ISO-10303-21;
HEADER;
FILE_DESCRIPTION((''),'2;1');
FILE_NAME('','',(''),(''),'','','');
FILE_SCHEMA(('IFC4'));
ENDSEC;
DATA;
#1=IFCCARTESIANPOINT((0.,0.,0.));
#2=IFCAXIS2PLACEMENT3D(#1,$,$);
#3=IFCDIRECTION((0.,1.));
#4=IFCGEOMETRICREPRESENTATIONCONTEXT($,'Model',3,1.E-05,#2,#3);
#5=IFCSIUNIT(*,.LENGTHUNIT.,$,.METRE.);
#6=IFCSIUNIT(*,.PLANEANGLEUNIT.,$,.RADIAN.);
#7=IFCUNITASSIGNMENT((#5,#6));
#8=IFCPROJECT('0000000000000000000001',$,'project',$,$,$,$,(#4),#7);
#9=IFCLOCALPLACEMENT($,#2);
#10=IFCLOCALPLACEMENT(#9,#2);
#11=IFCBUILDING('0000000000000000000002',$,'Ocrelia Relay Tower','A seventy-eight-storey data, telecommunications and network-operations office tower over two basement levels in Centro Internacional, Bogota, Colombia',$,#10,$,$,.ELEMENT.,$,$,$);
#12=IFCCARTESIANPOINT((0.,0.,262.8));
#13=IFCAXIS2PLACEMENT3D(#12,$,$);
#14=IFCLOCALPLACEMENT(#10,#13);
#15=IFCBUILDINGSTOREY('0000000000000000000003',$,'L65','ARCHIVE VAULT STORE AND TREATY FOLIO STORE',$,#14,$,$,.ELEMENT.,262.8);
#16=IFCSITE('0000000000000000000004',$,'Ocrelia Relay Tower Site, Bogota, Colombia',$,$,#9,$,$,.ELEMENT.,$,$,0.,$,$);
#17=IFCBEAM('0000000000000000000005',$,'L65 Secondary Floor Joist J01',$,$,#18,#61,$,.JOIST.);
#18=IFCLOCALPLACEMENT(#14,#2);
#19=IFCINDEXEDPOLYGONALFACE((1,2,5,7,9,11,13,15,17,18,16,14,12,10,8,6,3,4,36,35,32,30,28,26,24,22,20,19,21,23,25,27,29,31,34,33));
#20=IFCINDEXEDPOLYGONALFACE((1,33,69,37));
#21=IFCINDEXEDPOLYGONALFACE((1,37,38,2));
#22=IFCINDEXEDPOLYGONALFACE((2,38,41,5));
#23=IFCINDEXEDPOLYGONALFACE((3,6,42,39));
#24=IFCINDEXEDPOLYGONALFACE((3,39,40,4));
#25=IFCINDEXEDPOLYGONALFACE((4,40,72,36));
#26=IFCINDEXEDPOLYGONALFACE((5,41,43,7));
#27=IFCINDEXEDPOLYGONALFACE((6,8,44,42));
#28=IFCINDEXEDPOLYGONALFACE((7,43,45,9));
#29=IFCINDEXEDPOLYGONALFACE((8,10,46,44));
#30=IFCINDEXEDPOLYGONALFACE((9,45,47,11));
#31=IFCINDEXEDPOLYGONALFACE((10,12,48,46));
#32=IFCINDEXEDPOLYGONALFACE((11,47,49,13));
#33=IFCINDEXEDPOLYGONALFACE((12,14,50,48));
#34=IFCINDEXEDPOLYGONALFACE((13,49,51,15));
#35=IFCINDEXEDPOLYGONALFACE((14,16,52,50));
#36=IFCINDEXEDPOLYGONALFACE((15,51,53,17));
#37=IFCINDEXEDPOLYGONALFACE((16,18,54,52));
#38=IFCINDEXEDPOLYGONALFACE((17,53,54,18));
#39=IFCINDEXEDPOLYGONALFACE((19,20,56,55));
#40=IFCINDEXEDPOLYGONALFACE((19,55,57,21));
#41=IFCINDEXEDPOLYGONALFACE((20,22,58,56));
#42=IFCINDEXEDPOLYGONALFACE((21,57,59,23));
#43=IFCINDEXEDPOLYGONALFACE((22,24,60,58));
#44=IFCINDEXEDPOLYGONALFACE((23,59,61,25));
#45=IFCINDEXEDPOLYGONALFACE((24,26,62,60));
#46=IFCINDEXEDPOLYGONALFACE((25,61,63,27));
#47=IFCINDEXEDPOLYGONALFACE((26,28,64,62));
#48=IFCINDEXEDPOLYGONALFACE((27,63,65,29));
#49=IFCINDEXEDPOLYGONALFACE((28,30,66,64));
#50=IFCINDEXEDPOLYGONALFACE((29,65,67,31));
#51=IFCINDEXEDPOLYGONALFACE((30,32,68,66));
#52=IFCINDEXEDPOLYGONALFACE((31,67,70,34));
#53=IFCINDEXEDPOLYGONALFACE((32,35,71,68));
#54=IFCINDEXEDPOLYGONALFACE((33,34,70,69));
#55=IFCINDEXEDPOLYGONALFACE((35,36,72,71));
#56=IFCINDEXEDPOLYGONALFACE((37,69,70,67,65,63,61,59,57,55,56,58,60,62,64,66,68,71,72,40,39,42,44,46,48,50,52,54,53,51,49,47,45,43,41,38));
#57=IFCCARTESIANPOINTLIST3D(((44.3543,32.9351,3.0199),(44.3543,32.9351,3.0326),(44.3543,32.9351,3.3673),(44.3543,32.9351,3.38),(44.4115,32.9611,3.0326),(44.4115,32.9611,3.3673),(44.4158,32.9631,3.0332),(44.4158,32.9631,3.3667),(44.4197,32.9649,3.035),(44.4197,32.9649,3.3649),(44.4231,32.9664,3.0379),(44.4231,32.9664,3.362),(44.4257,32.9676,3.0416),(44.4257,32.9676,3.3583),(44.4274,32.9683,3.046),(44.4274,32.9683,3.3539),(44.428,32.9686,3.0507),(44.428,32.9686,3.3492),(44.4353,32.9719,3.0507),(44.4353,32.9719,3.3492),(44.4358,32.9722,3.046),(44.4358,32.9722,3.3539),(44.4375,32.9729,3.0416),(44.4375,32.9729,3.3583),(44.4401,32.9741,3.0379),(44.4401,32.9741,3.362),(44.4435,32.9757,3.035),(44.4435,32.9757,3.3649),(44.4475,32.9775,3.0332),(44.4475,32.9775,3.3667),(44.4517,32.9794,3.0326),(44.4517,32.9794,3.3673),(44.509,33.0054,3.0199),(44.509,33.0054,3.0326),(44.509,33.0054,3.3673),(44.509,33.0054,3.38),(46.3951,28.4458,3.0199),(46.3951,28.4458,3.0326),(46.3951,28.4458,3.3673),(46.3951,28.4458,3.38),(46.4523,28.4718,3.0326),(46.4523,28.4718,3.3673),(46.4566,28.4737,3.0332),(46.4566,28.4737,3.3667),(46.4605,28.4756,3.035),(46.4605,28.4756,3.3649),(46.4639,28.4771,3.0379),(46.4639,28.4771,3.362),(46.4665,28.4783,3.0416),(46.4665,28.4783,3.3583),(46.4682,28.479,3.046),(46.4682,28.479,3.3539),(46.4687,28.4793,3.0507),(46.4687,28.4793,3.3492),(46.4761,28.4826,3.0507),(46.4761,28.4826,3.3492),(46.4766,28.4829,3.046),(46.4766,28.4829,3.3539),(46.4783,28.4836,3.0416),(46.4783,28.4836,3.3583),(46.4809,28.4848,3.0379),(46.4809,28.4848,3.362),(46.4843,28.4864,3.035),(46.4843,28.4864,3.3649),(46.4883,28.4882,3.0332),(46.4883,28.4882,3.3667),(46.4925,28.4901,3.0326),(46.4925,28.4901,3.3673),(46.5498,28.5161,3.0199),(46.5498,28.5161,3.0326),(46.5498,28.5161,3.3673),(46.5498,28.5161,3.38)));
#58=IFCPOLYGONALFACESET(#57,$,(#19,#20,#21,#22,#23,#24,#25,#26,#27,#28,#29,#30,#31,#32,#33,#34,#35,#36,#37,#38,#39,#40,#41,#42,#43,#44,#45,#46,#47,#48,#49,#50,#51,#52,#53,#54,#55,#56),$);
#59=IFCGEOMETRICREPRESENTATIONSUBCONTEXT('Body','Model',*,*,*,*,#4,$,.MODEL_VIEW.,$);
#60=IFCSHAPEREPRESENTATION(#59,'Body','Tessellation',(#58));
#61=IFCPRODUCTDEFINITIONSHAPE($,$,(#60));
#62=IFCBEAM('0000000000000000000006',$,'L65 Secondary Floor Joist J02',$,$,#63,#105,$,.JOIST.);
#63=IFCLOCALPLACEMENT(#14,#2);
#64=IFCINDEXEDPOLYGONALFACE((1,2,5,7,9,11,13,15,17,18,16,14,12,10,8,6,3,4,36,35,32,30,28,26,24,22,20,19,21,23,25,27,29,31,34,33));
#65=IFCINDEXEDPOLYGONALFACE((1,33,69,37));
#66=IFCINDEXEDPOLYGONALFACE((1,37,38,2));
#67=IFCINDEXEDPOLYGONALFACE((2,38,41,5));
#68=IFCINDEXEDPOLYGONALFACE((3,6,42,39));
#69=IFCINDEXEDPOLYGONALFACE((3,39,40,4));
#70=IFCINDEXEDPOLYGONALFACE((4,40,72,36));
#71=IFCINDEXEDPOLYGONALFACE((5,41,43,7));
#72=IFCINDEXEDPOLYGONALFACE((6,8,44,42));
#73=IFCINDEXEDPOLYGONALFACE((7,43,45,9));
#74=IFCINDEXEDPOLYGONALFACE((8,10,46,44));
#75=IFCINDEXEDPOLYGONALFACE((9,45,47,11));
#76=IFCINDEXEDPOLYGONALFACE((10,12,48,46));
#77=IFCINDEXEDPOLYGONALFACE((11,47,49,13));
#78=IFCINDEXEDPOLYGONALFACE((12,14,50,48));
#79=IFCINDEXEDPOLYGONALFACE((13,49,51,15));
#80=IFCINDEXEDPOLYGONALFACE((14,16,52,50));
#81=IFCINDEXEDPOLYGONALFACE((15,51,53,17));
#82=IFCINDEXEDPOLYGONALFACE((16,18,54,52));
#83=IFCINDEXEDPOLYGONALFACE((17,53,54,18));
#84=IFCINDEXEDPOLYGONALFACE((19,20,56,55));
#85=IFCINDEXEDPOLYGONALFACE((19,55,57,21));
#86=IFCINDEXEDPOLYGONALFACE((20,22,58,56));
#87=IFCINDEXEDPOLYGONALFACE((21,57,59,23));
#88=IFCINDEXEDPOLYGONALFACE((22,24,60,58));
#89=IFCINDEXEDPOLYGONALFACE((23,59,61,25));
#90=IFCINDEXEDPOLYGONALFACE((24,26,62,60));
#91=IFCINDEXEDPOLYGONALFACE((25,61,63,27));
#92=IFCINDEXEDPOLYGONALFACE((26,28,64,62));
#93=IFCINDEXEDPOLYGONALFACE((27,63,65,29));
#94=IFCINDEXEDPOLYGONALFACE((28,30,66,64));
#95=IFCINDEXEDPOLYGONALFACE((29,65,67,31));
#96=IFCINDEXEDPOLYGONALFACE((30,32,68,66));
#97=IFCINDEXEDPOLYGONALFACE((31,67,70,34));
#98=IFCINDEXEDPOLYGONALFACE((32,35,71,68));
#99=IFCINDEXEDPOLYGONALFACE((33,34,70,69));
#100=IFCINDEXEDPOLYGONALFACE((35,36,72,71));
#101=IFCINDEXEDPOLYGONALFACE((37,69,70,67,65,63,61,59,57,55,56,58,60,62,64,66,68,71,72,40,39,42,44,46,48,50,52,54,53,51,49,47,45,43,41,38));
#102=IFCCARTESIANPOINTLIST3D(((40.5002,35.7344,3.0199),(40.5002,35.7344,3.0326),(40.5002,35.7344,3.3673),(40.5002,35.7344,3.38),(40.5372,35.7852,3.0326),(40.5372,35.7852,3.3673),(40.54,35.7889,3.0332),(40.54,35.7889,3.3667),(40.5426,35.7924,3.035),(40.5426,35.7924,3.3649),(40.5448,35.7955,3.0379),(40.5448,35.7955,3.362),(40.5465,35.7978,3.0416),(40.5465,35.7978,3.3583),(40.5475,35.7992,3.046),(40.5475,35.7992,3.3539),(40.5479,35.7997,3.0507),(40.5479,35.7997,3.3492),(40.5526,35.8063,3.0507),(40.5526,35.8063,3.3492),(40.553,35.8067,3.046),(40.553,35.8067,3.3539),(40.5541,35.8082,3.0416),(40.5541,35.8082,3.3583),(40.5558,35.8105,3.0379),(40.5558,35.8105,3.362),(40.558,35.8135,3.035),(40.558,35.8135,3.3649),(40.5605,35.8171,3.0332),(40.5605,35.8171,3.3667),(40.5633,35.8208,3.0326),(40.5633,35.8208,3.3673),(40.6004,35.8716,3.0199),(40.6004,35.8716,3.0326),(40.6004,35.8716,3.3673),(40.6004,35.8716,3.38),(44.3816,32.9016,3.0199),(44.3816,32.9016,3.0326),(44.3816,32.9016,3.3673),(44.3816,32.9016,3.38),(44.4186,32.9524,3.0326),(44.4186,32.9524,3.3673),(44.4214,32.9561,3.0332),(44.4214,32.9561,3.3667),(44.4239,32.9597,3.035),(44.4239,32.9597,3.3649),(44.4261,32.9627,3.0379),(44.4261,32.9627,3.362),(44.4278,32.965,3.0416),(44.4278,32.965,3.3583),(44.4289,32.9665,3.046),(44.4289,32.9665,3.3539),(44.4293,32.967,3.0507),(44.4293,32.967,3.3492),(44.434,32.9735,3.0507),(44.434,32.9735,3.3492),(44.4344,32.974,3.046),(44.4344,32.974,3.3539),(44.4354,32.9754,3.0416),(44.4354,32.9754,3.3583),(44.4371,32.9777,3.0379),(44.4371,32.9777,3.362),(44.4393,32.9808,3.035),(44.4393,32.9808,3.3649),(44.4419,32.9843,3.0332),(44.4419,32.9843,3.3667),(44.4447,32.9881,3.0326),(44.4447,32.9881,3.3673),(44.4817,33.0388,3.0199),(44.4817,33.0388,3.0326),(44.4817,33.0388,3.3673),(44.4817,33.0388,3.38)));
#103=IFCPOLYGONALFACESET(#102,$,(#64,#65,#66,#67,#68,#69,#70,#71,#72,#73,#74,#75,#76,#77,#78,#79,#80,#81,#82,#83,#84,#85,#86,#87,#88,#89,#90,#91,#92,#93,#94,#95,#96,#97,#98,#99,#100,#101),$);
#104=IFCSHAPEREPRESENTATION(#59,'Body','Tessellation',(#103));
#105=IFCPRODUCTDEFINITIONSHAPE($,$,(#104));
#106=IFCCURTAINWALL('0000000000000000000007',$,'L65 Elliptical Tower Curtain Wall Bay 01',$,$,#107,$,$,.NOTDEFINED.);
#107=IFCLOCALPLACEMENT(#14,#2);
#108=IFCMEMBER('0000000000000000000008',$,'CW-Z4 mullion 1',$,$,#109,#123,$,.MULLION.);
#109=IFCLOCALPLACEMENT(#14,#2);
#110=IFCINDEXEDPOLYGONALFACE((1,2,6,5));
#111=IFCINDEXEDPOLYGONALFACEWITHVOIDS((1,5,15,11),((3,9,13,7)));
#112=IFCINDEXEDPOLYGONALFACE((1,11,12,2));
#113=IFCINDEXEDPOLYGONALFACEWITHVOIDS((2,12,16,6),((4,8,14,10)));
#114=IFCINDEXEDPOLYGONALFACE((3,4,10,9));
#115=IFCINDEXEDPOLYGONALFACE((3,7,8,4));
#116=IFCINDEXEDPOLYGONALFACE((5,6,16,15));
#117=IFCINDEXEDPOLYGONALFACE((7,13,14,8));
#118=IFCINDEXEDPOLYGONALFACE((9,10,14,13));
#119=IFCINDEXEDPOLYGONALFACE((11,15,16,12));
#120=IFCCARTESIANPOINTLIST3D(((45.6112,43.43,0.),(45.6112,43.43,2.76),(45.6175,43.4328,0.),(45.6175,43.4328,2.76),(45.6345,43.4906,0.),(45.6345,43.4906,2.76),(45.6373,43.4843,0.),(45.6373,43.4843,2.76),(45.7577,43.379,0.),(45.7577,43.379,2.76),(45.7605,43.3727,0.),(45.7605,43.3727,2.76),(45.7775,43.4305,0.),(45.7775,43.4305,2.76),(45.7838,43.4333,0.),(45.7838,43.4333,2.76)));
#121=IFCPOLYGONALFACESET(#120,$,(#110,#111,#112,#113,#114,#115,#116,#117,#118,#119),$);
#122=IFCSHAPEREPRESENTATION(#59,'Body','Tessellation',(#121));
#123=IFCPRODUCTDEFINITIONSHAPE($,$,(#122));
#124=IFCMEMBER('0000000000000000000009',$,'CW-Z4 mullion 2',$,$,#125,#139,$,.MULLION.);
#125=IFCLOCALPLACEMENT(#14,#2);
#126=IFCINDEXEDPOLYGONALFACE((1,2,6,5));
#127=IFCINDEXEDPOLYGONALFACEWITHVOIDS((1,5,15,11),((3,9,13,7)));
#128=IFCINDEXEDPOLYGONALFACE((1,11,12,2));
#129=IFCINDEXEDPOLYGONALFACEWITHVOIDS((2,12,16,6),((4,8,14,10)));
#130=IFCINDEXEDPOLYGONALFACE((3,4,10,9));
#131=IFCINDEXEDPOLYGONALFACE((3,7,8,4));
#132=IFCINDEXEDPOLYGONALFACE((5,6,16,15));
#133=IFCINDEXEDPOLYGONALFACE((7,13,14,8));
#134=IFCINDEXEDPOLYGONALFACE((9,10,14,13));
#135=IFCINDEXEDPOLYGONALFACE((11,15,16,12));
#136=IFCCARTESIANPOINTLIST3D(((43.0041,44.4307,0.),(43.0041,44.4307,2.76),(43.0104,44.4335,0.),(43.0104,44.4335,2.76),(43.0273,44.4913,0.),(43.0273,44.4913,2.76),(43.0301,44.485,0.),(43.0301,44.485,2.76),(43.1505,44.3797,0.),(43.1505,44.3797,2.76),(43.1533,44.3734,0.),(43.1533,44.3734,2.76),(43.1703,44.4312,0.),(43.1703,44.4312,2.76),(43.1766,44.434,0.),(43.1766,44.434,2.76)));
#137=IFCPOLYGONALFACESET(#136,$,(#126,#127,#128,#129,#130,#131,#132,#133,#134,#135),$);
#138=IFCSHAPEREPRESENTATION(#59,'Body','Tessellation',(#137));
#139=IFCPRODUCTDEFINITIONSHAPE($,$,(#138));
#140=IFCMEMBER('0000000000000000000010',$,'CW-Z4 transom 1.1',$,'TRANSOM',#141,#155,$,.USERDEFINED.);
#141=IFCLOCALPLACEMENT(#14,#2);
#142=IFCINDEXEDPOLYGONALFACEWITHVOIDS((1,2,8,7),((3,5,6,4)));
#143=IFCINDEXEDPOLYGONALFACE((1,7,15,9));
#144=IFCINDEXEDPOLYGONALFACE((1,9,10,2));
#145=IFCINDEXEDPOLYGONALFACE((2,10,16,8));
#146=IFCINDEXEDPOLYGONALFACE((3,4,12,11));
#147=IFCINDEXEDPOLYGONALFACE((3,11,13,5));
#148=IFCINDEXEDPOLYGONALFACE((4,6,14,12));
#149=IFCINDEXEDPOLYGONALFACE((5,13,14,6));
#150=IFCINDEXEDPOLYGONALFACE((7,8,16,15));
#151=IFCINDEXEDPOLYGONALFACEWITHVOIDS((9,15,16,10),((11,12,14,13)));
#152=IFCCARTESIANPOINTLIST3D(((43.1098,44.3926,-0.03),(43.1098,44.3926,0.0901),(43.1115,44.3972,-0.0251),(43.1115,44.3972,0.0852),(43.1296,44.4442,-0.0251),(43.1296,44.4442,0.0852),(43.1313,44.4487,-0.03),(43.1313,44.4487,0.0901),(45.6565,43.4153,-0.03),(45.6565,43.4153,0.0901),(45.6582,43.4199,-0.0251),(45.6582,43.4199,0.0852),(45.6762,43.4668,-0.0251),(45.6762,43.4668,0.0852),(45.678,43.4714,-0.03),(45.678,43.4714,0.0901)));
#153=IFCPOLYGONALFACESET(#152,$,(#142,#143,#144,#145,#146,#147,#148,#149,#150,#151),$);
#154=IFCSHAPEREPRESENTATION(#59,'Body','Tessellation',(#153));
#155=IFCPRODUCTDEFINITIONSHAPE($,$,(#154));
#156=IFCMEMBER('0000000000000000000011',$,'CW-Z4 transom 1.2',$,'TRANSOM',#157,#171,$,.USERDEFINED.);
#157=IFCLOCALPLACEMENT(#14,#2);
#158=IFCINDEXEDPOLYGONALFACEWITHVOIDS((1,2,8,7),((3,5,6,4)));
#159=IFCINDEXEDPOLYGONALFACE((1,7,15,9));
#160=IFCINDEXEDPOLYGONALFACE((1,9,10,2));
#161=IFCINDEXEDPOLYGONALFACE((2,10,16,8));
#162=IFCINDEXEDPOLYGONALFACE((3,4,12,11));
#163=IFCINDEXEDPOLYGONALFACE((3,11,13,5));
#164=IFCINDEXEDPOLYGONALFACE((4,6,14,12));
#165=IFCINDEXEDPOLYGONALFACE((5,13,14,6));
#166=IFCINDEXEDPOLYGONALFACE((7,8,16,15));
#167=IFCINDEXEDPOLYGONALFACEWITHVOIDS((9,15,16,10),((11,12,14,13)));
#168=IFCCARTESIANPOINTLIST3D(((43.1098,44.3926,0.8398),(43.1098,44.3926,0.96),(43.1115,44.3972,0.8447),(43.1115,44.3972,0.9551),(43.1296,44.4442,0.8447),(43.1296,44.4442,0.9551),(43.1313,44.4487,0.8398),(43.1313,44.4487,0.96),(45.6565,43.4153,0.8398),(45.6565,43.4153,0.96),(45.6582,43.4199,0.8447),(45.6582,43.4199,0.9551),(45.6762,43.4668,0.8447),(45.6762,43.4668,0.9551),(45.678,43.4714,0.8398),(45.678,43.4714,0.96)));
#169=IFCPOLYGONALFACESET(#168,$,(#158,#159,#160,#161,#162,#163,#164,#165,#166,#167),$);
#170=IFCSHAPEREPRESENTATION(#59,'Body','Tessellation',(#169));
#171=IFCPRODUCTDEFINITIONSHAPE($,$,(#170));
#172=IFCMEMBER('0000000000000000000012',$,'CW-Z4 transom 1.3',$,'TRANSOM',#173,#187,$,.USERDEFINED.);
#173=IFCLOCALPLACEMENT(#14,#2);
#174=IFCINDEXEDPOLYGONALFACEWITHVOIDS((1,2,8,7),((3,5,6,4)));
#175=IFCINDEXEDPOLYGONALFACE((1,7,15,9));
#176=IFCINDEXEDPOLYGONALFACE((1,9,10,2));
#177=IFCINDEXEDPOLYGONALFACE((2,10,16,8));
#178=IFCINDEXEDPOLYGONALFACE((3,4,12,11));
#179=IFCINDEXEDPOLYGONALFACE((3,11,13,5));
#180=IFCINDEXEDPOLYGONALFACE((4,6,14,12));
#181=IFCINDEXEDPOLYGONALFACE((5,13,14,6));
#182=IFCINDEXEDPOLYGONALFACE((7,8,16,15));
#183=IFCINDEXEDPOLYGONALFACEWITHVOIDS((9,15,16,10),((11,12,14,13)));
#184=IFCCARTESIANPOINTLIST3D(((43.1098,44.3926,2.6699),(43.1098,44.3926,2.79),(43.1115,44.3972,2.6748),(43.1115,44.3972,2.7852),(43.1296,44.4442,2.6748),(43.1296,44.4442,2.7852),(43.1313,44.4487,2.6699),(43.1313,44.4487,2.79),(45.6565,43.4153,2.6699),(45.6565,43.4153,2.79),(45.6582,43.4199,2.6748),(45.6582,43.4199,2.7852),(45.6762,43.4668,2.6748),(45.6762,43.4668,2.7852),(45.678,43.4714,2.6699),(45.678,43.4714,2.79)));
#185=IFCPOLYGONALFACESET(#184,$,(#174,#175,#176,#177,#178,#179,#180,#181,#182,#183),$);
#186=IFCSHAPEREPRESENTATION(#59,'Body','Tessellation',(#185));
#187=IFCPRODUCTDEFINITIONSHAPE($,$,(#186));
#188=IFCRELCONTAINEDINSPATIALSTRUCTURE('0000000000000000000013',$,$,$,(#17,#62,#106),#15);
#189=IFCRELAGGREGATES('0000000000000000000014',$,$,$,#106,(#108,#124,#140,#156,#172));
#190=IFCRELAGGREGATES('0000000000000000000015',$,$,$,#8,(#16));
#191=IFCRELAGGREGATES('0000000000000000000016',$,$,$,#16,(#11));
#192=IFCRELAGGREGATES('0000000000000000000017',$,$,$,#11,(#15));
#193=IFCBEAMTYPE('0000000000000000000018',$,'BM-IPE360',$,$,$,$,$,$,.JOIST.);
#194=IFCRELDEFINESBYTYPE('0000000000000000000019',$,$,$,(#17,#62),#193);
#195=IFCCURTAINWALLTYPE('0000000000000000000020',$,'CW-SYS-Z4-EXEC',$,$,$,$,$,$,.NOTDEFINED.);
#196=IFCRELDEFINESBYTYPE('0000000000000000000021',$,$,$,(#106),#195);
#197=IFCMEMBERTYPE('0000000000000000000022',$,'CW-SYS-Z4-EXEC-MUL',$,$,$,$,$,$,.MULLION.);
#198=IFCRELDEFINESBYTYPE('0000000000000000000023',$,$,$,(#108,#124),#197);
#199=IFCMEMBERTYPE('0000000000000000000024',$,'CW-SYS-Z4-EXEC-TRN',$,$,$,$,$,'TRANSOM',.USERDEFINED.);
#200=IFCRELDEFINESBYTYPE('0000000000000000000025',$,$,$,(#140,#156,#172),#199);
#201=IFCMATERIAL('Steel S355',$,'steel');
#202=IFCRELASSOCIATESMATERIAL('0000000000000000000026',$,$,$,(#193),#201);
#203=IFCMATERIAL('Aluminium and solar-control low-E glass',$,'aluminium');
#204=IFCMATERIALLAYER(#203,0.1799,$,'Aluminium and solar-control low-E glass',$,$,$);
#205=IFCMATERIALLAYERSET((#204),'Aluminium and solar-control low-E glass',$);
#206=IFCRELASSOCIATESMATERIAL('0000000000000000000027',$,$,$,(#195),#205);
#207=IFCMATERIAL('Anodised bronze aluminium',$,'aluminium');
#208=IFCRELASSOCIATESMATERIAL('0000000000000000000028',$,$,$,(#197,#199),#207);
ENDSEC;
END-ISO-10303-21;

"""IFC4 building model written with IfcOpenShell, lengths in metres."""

from ifc_helpers import new_model, si_unit, direction, frame, origin, origin_2d, place, context, subcontext, project, spatial, hollow_rectangle, i_section, extrude, material, layer, layer_set, material_profile, profile_set, type_object, element, aggregate, save


model = new_model("IFC4")

# Units and contexts
model_context = context("Model", 3, precision=1e-05, world=origin(), true_north=direction((0.0, 1.0)))
body_context = subcontext(model_context, "Body", "Model", "MODEL_VIEW")
ifc_project = project(units=[si_unit("LENGTHUNIT", "METRE"), si_unit("PLANEANGLEUNIT", "RADIAN")], contexts=[model_context])

# Site, building, storey
site_placement = place(None, origin())
site = spatial("IfcSite", under=ifc_project, at=site_placement, Name="Ocrelia Relay Tower Site, Bogota, Colombia", CompositionType="ELEMENT", RefElevation=0.0)
building_placement = place(site_placement, origin())
building = spatial("IfcBuilding", under=site, at=building_placement, Name="Ocrelia Relay Tower", Description="A seventy-eight-storey data, telecommunications and network-operations office tower over two basement levels in Centro Internacional, Bogota, Colombia", CompositionType="ELEMENT")
storey_placement = place(building_placement, frame((0.0, 0.0, 262.8)))
storey = spatial("IfcBuildingStorey", under=building, at=storey_placement, Name="L65", Description="ARCHIVE VAULT STORE AND TREATY FOLIO STORE", CompositionType="ELEMENT", Elevation=262.8)

# Beams
ifc_material_1 = material(Name="Steel S355", Category="steel")
ifc_material_profile_1 = material_profile(ifc_material_1, i_section(OverallWidth=0.1699, OverallDepth=0.3601, WebThickness=0.0081, FlangeThickness=0.0127, FilletRadius=0.0181, at=origin_2d()), Name="IPE 360")
ifc_profile_set_1 = profile_set([ifc_material_profile_1], Name="Steel S355")
beam_type_1 = type_object("IfcBeamType", Name="BM-IPE360", PredefinedType="JOIST", material=ifc_profile_set_1)
beam_1_placement = place(storey_placement, frame((46.4724, 28.481, 3.2), z_axis=(-0.413837, 0.910351, 0.0), x_axis=(-0.910351, -0.413837, 0.0)))
element("IfcBeam", 1, at=beam_1_placement, inside=storey, type_object=beam_type_1, Name="L65 Secondary Floor Joist J01", PredefinedType="JOIST", context=body_context, shape_type="SweptSolid", body=[
    extrude(i_section(OverallWidth=0.1699, OverallDepth=0.3601, WebThickness=0.0081, FlangeThickness=0.0127, FilletRadius=0.0181, at=origin_2d()), origin(), (0.0, 0.0, 1.0), 4.9314),
])
beam_2_placement = place(storey_placement, frame((44.4316, 32.9702, 3.2), z_axis=(-0.807748, 0.589527, 0.0), x_axis=(-0.589527, -0.807748, 0.0)))
element("IfcBeam", 2, at=beam_2_placement, inside=storey, type_object=beam_type_1, Name="L65 Secondary Floor Joist J02", PredefinedType="JOIST", context=body_context, shape_type="SweptSolid", body=[
    extrude(i_section(OverallWidth=0.1699, OverallDepth=0.3601, WebThickness=0.0081, FlangeThickness=0.0127, FilletRadius=0.0181, at=origin_2d()), origin(), (0.0, 0.0, 1.0), 4.8052),
])

# Curtain wall, members
ifc_material_2 = material(Name="Aluminium and solar-control low-E glass", Category="aluminium")
ifc_layer_1 = layer(ifc_material_2, 0.1799, Name="Aluminium and solar-control low-E glass")
ifc_layer_set_1 = layer_set([ifc_layer_1], Name="Aluminium and solar-control low-E glass")
curtain_wall_type = type_object("IfcCurtainWallType", Name="CW-SYS-Z4-EXEC", PredefinedType="NOTDEFINED", material=ifc_layer_set_1)
curtain_wall_placement = place(storey_placement, origin())
curtain_wall = element("IfcCurtainWall", 3, at=curtain_wall_placement, inside=storey, type_object=curtain_wall_type, Name="L65 Elliptical Tower Curtain Wall Bay 01", PredefinedType="NOTDEFINED")
ifc_material_3 = material(Name="Anodised bronze aluminium", Category="aluminium")
ifc_material_profile_2 = material_profile(ifc_material_3, hollow_rectangle(XDim=0.0649, YDim=0.1599, WallThickness=0.0049, at=origin_2d()), Name="CW-MUL-160x65")
ifc_profile_set_2 = profile_set([ifc_material_profile_2], Name="Anodised bronze aluminium")
member_type_1 = type_object("IfcMemberType", Name="CW-SYS-Z4-EXEC-MUL", PredefinedType="MULLION", material=ifc_profile_set_2)
member_1_placement = place(storey_placement, frame((45.6975, 43.4316, 0.0), z_axis=(0.0, 0.0, 1.0), x_axis=(-0.358334, -0.933594, 0.0)))
member_1 = element("IfcMember", 4, at=member_1_placement, type_object=member_type_1, Name="CW-Z4 mullion 1", PredefinedType="MULLION", context=body_context, shape_type="SweptSolid", body=[
    extrude(hollow_rectangle(XDim=0.0649, YDim=0.1599, WallThickness=0.0049, at=origin_2d()), origin(), (0.0, 0.0, 1.0), 2.76),
])
member_2_placement = place(storey_placement, frame((43.0903, 44.4324, 0.0), z_axis=(0.0, 0.0, 1.0), x_axis=(-0.358334, -0.933594, 0.0)))
member_2 = element("IfcMember", 5, at=member_2_placement, type_object=member_type_1, Name="CW-Z4 mullion 2", PredefinedType="MULLION", context=body_context, shape_type="SweptSolid", body=[
    extrude(hollow_rectangle(XDim=0.0649, YDim=0.1599, WallThickness=0.0049, at=origin_2d()), origin(), (0.0, 0.0, 1.0), 2.76),
])
ifc_material_profile_3 = material_profile(ifc_material_3, hollow_rectangle(XDim=0.0601, YDim=0.1201, WallThickness=0.0049, at=origin_2d()), Name="CW-TRN-120x60")
ifc_profile_set_3 = profile_set([ifc_material_profile_3], Name="Anodised bronze aluminium")
member_type_2 = type_object("IfcMemberType", Name="CW-SYS-Z4-EXEC-TRN", ElementType="TRANSOM", PredefinedType="USERDEFINED", material=ifc_profile_set_3)
member_3_placement = place(storey_placement, frame((45.6672, 43.4434, 0.03), z_axis=(-0.933613, 0.358283, 0.0), x_axis=(-0.358283, -0.933613, 0.0)))
member_3 = element("IfcMember", 6, at=member_3_placement, type_object=member_type_2, Name="CW-Z4 transom 1.1", ObjectType="TRANSOM", PredefinedType="USERDEFINED", context=body_context, shape_type="SweptSolid", body=[
    extrude(hollow_rectangle(XDim=0.0601, YDim=0.1201, WallThickness=0.0049, at=origin_2d()), origin(), (0.0, 0.0, 1.0), 2.7278),
])
member_4_placement = place(storey_placement, frame((45.6672, 43.4434, 0.8999), z_axis=(-0.933613, 0.358283, 0.0), x_axis=(-0.358283, -0.933613, 0.0)))
member_4 = element("IfcMember", 7, at=member_4_placement, type_object=member_type_2, Name="CW-Z4 transom 1.2", ObjectType="TRANSOM", PredefinedType="USERDEFINED", context=body_context, shape_type="SweptSolid", body=[
    extrude(hollow_rectangle(XDim=0.0601, YDim=0.1201, WallThickness=0.0049, at=origin_2d()), origin(), (0.0, 0.0, 1.0), 2.7278),
])
member_5_placement = place(storey_placement, frame((45.6672, 43.4434, 2.73), z_axis=(-0.933613, 0.358283, 0.0), x_axis=(-0.358283, -0.933613, 0.0)))
member_5 = element("IfcMember", 8, at=member_5_placement, type_object=member_type_2, Name="CW-Z4 transom 1.3", ObjectType="TRANSOM", PredefinedType="USERDEFINED", context=body_context, shape_type="SweptSolid", body=[
    extrude(hollow_rectangle(XDim=0.0601, YDim=0.1201, WallThickness=0.0049, at=origin_2d()), origin(), (0.0, 0.0, 1.0), 2.7278),
])
aggregate(curtain_wall, [member_1, member_2, member_3, member_4, member_5])

save(model, "model.ifc")
